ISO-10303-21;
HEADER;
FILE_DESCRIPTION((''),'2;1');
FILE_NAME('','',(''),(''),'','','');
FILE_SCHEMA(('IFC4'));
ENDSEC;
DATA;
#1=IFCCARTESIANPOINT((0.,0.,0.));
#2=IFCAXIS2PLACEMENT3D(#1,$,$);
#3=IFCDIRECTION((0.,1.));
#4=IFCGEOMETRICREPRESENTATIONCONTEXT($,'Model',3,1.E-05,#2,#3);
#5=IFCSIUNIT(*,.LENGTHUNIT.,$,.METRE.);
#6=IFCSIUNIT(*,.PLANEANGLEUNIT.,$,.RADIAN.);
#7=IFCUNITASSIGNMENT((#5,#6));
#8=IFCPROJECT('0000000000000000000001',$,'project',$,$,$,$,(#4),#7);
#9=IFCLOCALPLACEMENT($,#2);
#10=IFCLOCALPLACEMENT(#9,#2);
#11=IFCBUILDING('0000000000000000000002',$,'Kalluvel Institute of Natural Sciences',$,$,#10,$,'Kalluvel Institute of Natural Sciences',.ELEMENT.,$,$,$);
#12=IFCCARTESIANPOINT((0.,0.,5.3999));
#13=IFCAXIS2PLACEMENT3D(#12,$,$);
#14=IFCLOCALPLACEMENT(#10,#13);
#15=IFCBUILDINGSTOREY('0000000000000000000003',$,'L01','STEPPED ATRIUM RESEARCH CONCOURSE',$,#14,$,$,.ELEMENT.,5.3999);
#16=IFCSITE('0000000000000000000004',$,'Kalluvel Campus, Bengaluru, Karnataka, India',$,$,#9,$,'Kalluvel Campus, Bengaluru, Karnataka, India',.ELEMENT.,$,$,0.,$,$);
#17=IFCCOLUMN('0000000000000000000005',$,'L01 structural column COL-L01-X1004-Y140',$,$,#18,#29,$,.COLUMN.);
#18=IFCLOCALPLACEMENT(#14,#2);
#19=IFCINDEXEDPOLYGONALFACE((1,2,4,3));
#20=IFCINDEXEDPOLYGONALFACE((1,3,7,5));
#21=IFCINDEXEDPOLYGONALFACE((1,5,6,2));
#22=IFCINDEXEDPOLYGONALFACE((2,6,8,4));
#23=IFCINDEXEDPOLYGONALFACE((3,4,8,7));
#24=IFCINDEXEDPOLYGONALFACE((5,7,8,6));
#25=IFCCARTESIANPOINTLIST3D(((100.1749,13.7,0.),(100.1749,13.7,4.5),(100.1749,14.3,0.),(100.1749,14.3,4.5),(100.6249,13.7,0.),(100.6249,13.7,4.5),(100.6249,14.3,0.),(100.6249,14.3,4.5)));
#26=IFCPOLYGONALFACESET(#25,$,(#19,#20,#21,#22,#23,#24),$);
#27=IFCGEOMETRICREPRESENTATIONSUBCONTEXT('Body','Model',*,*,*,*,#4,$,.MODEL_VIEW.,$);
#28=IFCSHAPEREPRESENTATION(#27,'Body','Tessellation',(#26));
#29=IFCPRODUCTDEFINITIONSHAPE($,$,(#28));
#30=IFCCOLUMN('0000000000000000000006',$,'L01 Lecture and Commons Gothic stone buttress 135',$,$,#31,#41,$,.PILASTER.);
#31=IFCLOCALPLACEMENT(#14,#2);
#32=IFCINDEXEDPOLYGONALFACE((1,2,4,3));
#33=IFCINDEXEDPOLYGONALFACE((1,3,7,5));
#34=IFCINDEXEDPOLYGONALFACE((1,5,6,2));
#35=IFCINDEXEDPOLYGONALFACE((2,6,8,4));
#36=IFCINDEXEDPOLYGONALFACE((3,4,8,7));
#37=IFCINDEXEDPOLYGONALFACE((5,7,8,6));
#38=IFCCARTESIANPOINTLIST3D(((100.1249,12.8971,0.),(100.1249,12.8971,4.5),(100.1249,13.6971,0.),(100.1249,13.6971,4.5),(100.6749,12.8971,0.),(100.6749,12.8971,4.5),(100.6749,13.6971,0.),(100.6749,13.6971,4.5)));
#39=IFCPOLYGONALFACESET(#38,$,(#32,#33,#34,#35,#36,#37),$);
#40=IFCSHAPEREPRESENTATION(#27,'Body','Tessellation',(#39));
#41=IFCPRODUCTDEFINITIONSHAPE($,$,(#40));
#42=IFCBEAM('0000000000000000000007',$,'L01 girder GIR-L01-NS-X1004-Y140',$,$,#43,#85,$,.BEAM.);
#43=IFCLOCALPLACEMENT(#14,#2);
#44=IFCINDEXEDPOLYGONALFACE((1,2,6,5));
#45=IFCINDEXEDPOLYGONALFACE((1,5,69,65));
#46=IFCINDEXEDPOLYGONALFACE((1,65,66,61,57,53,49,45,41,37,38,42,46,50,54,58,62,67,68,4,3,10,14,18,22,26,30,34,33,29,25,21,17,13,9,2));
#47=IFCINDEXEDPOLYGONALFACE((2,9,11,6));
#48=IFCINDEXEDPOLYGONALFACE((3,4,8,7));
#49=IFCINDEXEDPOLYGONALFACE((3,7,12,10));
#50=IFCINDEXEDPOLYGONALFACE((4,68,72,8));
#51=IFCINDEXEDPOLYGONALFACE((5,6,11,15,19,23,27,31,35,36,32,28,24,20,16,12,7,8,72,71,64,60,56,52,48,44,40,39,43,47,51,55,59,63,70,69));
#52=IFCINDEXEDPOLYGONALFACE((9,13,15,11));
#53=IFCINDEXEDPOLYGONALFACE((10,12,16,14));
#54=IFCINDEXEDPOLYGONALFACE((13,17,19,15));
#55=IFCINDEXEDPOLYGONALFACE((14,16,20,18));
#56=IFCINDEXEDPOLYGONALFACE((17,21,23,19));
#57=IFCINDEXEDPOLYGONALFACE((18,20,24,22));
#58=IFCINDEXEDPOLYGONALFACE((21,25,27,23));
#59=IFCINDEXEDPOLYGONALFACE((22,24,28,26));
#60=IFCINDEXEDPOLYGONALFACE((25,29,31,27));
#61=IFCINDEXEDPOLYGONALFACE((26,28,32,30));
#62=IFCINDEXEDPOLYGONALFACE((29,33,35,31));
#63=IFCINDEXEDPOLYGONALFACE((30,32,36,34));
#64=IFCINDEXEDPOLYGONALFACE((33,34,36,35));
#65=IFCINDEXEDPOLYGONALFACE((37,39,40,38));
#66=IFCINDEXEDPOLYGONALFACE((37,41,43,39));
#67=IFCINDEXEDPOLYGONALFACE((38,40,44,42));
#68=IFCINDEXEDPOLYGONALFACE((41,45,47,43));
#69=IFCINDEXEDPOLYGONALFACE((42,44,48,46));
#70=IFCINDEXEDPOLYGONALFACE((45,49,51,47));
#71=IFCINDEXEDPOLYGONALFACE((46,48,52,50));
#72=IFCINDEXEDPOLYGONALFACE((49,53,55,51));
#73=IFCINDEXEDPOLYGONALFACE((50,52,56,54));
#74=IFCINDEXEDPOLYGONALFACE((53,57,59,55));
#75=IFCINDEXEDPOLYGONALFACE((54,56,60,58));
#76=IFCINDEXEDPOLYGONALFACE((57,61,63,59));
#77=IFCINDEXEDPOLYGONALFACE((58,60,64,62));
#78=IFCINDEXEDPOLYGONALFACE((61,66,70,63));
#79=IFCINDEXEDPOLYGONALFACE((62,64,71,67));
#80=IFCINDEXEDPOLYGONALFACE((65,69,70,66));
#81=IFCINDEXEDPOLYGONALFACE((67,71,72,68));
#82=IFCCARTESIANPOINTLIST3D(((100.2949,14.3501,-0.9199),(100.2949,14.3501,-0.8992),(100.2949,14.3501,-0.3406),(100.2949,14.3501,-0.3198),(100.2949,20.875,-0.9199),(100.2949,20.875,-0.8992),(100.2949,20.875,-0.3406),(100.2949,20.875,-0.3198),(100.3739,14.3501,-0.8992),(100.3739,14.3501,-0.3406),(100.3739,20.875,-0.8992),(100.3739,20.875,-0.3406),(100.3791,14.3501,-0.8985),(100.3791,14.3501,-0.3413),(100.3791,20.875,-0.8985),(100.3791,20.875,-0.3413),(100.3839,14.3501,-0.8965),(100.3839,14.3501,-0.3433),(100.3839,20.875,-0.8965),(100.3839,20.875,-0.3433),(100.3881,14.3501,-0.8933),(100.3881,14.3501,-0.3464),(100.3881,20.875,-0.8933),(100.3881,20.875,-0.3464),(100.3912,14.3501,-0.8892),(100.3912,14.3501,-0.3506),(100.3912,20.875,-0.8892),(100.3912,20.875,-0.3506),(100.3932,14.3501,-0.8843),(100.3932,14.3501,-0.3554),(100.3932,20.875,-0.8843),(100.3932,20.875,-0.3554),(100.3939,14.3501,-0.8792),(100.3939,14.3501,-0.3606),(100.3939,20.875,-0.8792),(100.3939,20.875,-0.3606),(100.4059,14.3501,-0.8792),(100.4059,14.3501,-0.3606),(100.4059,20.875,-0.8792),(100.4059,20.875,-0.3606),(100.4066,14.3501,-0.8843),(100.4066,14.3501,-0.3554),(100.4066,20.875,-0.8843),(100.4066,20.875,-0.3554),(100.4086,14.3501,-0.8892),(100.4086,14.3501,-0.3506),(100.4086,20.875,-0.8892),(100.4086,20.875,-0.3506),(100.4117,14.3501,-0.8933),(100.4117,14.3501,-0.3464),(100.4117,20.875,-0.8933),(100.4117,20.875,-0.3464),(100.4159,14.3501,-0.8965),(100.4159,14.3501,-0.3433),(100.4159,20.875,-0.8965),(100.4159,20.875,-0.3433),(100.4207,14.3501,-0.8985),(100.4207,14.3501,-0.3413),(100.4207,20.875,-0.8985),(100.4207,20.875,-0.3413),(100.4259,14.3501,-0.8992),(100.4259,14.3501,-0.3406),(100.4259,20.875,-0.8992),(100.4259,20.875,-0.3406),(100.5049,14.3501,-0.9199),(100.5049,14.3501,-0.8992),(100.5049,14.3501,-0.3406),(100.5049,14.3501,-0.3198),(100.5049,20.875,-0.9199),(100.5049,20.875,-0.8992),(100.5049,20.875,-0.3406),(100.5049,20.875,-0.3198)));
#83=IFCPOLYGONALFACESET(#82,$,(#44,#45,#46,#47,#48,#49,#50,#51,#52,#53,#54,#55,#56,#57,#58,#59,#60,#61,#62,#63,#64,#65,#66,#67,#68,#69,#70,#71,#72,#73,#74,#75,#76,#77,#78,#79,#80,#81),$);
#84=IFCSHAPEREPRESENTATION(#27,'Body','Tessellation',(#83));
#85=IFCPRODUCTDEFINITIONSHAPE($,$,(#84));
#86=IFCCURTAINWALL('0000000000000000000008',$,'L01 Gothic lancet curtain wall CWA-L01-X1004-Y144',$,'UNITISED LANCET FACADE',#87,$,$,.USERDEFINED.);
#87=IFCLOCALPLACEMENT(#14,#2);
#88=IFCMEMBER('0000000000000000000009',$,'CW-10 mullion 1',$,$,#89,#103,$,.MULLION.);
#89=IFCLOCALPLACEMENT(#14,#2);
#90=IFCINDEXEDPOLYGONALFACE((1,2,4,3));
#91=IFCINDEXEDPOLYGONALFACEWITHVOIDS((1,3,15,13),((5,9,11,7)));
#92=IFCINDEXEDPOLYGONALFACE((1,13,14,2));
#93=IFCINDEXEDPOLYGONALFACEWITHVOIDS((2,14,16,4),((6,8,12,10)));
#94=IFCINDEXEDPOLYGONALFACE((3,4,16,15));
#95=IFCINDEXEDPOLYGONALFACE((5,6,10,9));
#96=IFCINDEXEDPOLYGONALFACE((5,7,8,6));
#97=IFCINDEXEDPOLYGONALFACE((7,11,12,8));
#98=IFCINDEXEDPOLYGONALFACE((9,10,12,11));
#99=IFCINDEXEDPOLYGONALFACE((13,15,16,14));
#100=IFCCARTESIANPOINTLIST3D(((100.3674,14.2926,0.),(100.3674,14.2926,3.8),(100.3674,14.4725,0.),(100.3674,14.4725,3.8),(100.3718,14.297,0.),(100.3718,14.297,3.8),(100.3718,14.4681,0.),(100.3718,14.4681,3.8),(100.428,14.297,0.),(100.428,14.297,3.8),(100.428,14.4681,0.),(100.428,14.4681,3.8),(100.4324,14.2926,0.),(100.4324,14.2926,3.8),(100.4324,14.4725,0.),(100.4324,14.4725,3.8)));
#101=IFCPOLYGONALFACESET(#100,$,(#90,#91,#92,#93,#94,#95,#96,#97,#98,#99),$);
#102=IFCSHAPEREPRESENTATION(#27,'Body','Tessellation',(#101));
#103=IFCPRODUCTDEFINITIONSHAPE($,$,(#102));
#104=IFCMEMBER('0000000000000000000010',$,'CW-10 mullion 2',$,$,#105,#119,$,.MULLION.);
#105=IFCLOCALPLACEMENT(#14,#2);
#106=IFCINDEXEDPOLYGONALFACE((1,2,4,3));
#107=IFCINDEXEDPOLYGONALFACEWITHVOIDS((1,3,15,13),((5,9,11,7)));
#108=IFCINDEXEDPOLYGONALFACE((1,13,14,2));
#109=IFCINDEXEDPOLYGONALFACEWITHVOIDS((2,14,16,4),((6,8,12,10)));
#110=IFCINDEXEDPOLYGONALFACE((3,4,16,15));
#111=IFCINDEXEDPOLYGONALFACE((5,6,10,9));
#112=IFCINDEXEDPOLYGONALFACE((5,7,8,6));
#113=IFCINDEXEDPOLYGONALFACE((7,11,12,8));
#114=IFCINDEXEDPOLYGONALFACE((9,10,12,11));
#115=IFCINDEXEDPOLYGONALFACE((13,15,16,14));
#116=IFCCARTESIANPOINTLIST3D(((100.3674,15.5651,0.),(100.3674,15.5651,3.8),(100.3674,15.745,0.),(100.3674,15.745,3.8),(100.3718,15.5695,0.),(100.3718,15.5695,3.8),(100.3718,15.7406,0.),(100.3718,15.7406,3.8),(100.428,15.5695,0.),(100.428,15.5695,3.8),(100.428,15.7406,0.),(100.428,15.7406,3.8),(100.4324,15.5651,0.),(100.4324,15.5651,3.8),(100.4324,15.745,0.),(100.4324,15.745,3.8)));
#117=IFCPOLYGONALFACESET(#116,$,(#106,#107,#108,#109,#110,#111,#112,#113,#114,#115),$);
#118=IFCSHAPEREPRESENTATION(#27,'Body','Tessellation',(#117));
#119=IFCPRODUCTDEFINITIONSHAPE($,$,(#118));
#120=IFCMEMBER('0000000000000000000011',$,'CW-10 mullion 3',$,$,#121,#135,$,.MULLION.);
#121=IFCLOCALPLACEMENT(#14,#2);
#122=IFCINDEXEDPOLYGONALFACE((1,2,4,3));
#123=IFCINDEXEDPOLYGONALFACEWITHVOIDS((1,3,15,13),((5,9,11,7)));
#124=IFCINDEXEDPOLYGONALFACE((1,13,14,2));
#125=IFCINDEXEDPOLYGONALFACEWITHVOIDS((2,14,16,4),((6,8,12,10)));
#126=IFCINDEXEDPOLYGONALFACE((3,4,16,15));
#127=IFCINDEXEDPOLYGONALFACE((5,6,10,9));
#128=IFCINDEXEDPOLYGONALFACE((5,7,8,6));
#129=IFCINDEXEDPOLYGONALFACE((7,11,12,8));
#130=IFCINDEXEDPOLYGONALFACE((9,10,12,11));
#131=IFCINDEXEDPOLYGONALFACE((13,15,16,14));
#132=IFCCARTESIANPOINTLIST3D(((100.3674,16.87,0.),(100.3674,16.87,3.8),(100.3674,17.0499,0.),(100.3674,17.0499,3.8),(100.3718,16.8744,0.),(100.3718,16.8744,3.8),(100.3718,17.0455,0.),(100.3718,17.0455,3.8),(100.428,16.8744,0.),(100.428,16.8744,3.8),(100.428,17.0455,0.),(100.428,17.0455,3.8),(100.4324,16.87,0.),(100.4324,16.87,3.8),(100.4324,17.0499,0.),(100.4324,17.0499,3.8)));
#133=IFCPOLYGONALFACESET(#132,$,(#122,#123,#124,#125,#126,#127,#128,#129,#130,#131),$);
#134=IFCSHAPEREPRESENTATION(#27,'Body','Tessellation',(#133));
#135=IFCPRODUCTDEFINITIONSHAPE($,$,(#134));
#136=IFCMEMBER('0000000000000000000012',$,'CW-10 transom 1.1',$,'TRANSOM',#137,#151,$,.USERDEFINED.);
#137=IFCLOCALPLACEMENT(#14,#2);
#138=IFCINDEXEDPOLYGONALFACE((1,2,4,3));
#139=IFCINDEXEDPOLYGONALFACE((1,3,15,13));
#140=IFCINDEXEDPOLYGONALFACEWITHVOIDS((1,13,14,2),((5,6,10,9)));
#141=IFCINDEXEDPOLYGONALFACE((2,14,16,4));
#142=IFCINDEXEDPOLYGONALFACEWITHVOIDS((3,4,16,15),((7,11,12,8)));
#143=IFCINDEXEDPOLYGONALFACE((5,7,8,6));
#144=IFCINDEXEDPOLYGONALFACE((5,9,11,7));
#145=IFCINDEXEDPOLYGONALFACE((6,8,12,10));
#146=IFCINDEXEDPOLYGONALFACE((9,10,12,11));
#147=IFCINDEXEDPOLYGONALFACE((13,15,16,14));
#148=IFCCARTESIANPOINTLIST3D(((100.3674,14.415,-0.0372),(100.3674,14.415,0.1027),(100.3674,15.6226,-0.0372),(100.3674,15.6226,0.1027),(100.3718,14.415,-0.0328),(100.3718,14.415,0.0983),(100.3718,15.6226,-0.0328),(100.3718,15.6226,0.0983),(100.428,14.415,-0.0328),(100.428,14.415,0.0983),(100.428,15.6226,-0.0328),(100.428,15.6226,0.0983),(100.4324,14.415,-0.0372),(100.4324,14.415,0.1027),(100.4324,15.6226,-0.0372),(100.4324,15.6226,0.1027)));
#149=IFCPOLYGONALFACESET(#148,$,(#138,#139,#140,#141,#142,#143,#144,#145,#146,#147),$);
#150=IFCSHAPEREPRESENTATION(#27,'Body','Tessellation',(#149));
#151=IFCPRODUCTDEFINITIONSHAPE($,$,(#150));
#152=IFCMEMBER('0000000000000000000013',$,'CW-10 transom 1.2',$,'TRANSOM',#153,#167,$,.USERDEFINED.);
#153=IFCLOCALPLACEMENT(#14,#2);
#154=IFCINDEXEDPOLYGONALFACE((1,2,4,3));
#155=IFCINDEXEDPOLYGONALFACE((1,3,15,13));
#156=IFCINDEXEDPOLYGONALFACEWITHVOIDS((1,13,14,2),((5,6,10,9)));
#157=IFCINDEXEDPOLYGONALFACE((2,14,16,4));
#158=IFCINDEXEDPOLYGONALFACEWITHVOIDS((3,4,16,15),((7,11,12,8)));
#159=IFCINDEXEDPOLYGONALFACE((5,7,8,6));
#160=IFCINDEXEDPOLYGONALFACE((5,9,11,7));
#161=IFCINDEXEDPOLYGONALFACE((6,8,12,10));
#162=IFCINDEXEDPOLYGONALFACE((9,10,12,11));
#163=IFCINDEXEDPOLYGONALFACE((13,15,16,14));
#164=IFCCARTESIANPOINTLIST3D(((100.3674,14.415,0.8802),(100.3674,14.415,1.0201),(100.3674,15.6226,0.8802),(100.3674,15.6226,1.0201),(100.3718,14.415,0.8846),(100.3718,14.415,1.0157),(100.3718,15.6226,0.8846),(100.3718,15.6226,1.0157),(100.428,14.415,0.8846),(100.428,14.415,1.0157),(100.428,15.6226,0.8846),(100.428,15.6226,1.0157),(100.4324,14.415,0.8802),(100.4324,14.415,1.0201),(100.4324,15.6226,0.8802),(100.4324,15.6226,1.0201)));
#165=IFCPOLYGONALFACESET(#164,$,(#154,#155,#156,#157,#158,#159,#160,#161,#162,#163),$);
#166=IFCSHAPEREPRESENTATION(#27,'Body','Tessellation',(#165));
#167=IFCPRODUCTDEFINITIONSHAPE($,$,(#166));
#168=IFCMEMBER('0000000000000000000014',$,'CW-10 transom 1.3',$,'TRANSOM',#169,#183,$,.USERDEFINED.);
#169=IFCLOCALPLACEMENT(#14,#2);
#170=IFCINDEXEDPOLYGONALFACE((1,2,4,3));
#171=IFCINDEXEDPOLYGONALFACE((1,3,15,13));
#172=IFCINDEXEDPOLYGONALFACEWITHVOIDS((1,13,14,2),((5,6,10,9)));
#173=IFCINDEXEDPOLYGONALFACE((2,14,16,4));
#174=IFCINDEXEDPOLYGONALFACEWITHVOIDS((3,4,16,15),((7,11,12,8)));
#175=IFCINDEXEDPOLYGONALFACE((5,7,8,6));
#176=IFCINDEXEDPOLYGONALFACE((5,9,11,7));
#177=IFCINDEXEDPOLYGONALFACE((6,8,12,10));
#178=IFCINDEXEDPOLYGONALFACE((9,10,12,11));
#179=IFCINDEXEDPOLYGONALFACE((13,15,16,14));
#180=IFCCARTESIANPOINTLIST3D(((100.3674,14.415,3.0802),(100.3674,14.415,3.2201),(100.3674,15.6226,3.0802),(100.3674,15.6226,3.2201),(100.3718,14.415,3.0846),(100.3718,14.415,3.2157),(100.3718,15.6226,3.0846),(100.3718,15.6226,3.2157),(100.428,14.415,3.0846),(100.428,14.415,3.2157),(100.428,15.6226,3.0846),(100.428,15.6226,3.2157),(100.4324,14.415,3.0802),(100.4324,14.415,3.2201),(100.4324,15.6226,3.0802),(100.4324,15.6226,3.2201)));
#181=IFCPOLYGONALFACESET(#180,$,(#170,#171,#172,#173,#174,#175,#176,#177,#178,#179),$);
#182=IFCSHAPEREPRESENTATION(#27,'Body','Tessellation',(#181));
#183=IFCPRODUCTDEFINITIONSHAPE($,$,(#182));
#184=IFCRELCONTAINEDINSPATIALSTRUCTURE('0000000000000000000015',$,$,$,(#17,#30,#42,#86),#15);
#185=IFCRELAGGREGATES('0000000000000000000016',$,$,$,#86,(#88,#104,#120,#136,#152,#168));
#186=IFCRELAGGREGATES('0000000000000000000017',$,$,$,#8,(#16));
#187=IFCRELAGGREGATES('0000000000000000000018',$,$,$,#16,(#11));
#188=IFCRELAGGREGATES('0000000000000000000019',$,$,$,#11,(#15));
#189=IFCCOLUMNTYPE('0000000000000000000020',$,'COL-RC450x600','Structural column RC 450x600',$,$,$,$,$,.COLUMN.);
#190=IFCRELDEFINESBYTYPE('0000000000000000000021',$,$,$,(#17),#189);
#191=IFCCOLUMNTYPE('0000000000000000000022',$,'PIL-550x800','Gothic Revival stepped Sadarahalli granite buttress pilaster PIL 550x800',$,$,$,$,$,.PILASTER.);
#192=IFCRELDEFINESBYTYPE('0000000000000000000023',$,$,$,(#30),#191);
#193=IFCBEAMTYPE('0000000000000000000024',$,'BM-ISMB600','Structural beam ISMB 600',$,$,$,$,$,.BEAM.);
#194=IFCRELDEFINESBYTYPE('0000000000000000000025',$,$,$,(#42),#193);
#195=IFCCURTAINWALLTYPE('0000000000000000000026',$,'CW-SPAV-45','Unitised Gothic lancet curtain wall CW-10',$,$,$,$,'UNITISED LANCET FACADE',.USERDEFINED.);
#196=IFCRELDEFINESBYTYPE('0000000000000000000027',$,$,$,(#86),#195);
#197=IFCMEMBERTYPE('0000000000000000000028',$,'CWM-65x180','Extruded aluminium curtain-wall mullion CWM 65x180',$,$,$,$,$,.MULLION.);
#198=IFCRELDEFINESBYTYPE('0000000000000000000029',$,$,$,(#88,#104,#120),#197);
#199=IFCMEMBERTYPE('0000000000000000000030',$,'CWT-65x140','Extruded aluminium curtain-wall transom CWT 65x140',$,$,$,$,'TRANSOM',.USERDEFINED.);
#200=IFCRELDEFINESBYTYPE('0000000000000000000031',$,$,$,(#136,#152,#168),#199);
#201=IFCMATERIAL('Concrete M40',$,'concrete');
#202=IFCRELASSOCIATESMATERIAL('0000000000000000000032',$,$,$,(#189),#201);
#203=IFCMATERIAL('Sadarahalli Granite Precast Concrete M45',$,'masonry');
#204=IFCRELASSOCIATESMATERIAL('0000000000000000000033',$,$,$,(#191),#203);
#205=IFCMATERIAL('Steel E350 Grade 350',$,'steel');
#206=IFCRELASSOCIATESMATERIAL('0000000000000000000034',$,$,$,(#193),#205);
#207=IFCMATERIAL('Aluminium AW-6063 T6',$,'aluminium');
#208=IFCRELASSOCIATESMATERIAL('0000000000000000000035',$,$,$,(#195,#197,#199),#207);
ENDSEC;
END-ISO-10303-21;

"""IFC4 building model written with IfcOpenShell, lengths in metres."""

from ifc_helpers import new_model, si_unit, direction, frame, origin, origin_2d, place, context, subcontext, project, spatial, rectangle, hollow_rectangle, i_section, extrude, material, material_profile, profile_set, type_object, element, aggregate, save


model = new_model("IFC4")

# Units and contexts
model_context = context("Model", 3, precision=1e-05, world=origin(), true_north=direction((0.0, 1.0)))
body_context = subcontext(model_context, "Body", "Model", "MODEL_VIEW")
ifc_project = project(units=[si_unit("LENGTHUNIT", "METRE"), si_unit("PLANEANGLEUNIT", "RADIAN")], contexts=[model_context])

# Site, building, storey
site_placement = place(None, origin())
site = spatial("IfcSite", under=ifc_project, at=site_placement, Name="Kalluvel Campus, Bengaluru, Karnataka, India", LongName="Kalluvel Campus, Bengaluru, Karnataka, India", CompositionType="ELEMENT", RefElevation=0.0)
building_placement = place(site_placement, origin())
building = spatial("IfcBuilding", under=site, at=building_placement, Name="Kalluvel Institute of Natural Sciences", LongName="Kalluvel Institute of Natural Sciences", CompositionType="ELEMENT")
storey_placement = place(building_placement, frame((0.0, 0.0, 5.3999)))
storey = spatial("IfcBuildingStorey", under=building, at=storey_placement, Name="L01", Description="STEPPED ATRIUM RESEARCH CONCOURSE", CompositionType="ELEMENT", Elevation=5.3999)

# Columns
ifc_material_1 = material(Name="Concrete M40", Category="concrete")
ifc_material_profile_1 = material_profile(ifc_material_1, rectangle(XDim=0.45, YDim=0.6001, at=origin_2d()), Name="RC 450x600")
ifc_profile_set_1 = profile_set([ifc_material_profile_1], Name="Concrete M40")
column_type_1 = type_object("IfcColumnType", Name="COL-RC450x600", Description="Structural column RC 450x600", PredefinedType="COLUMN", material=ifc_profile_set_1)
column_1_placement = place(storey_placement, frame((100.3999, 14.0, 0.0), z_axis=(0.0, 0.0, 1.0), x_axis=(1.0, 0.0, 0.0)))
element("IfcColumn", 1, at=column_1_placement, inside=storey, type_object=column_type_1, Name="L01 structural column COL-L01-X1004-Y140", PredefinedType="COLUMN", context=body_context, shape_type="SweptSolid", body=[
    extrude(rectangle(XDim=0.45, YDim=0.6001, at=origin_2d()), origin(), (0.0, 0.0, 1.0), 4.5),
])
ifc_material_2 = material(Name="Sadarahalli Granite Precast Concrete M45", Category="masonry")
ifc_material_profile_2 = material_profile(ifc_material_2, rectangle(XDim=0.55, YDim=0.8, at=origin_2d()), Name="PIL 550x800")
ifc_profile_set_2 = profile_set([ifc_material_profile_2], Name="Sadarahalli Granite Precast Concrete M45")
column_type_2 = type_object("IfcColumnType", Name="PIL-550x800", Description="Gothic Revival stepped Sadarahalli granite buttress pilaster PIL 550x800", PredefinedType="PILASTER", material=ifc_profile_set_2)
column_2_placement = place(storey_placement, frame((100.3999, 13.2971, 0.0), z_axis=(0.0, 0.0, 1.0), x_axis=(1.0, 0.0, 0.0)))
element("IfcColumn", 2, at=column_2_placement, inside=storey, type_object=column_type_2, Name="L01 Lecture and Commons Gothic stone buttress 135", PredefinedType="PILASTER", context=body_context, shape_type="SweptSolid", body=[
    extrude(rectangle(XDim=0.55, YDim=0.8, at=origin_2d()), origin(), (0.0, 0.0, 1.0), 4.5),
])

# Beam
ifc_material_3 = material(Name="Steel E350 Grade 350", Category="steel")
ifc_material_profile_3 = material_profile(ifc_material_3, i_section(OverallWidth=0.21, OverallDepth=0.6001, WebThickness=0.012, FlangeThickness=0.0208, FilletRadius=0.02, at=origin_2d()), Name="ISMB 600")
ifc_profile_set_3 = profile_set([ifc_material_profile_3], Name="Steel E350 Grade 350")
beam_type = type_object("IfcBeamType", Name="BM-ISMB600", Description="Structural beam ISMB 600", PredefinedType="BEAM", material=ifc_profile_set_3)
beam_placement = place(storey_placement, frame((100.3999, 14.3501, -0.6199), z_axis=(0.0, 1.0, 0.0), x_axis=(-1.0, 0.0, 0.0)))
element("IfcBeam", 3, at=beam_placement, inside=storey, type_object=beam_type, Name="L01 girder GIR-L01-NS-X1004-Y140", PredefinedType="BEAM", context=body_context, shape_type="SweptSolid", body=[
    extrude(i_section(OverallWidth=0.21, OverallDepth=0.6001, WebThickness=0.012, FlangeThickness=0.0208, FilletRadius=0.02, at=origin_2d()), origin(), (0.0, 0.0, 1.0), 6.5249),
])

# Curtain wall, members
ifc_material_4 = material(Name="Aluminium AW-6063 T6", Category="aluminium")
curtain_wall_type = type_object("IfcCurtainWallType", Name="CW-SPAV-45", Description="Unitised Gothic lancet curtain wall CW-10", ElementType="UNITISED LANCET FACADE", PredefinedType="USERDEFINED", material=ifc_material_4)
curtain_wall_placement = place(storey_placement, origin())
curtain_wall = element("IfcCurtainWall", 4, at=curtain_wall_placement, inside=storey, type_object=curtain_wall_type, Name="L01 Gothic lancet curtain wall CWA-L01-X1004-Y144", ObjectType="UNITISED LANCET FACADE", PredefinedType="USERDEFINED")
ifc_material_profile_4 = material_profile(ifc_material_4, hollow_rectangle(XDim=0.0649, YDim=0.1799, WallThickness=0.0044, at=origin_2d()), Name="CWM 65x180")
ifc_profile_set_4 = profile_set([ifc_material_profile_4], Name="Aluminium AW-6063 T6")
member_type_1 = type_object("IfcMemberType", Name="CWM-65x180", Description="Extruded aluminium curtain-wall mullion CWM 65x180", PredefinedType="MULLION", material=ifc_profile_set_4)
member_1_placement = place(storey_placement, frame((100.3999, 14.3826, 0.0), z_axis=(0.0, 0.0, 1.0), x_axis=(-1.0, 0.0, 0.0)))
member_1 = element("IfcMember", 5, at=member_1_placement, type_object=member_type_1, Name="CW-10 mullion 1", PredefinedType="MULLION", context=body_context, shape_type="SweptSolid", body=[
    extrude(hollow_rectangle(XDim=0.0649, YDim=0.1799, WallThickness=0.0044, at=origin_2d()), origin(), (0.0, 0.0, 1.0), 3.8),
])
member_2_placement = place(storey_placement, frame((100.3999, 15.655, 0.0), z_axis=(0.0, 0.0, 1.0), x_axis=(-1.0, 0.0, 0.0)))
member_2 = element("IfcMember", 6, at=member_2_placement, type_object=member_type_1, Name="CW-10 mullion 2", PredefinedType="MULLION", context=body_context, shape_type="SweptSolid", body=[
    extrude(hollow_rectangle(XDim=0.0649, YDim=0.1799, WallThickness=0.0044, at=origin_2d()), origin(), (0.0, 0.0, 1.0), 3.8),
])
member_3_placement = place(storey_placement, frame((100.3999, 16.96, 0.0), z_axis=(0.0, 0.0, 1.0), x_axis=(-1.0, 0.0, 0.0)))
member_3 = element("IfcMember", 7, at=member_3_placement, type_object=member_type_1, Name="CW-10 mullion 3", PredefinedType="MULLION", context=body_context, shape_type="SweptSolid", body=[
    extrude(hollow_rectangle(XDim=0.0649, YDim=0.1799, WallThickness=0.0044, at=origin_2d()), origin(), (0.0, 0.0, 1.0), 3.8),
])
ifc_material_profile_5 = material_profile(ifc_material_4, hollow_rectangle(XDim=0.0649, YDim=0.1399, WallThickness=0.0044, at=origin_2d()), Name="CWT 65x140")
ifc_profile_set_5 = profile_set([ifc_material_profile_5], Name="Aluminium AW-6063 T6")
member_type_2 = type_object("IfcMemberType", Name="CWT-65x140", Description="Extruded aluminium curtain-wall transom CWT 65x140", ElementType="TRANSOM", PredefinedType="USERDEFINED", material=ifc_profile_set_5)
member_4_placement = place(storey_placement, frame((100.3999, 14.415, 0.0327), z_axis=(0.0, 1.0, 0.0), x_axis=(-1.0, 0.0, 0.0)))
member_4 = element("IfcMember", 8, at=member_4_placement, type_object=member_type_2, Name="CW-10 transom 1.1", ObjectType="TRANSOM", PredefinedType="USERDEFINED", context=body_context, shape_type="SweptSolid", body=[
    extrude(hollow_rectangle(XDim=0.0649, YDim=0.1399, WallThickness=0.0044, at=origin_2d()), origin(), (0.0, 0.0, 1.0), 1.2075),
])
member_5_placement = place(storey_placement, frame((100.3999, 14.415, 0.9502), z_axis=(0.0, 1.0, 0.0), x_axis=(-1.0, 0.0, 0.0)))
member_5 = element("IfcMember", 9, at=member_5_placement, type_object=member_type_2, Name="CW-10 transom 1.2", ObjectType="TRANSOM", PredefinedType="USERDEFINED", context=body_context, shape_type="SweptSolid", body=[
    extrude(hollow_rectangle(XDim=0.0649, YDim=0.1399, WallThickness=0.0044, at=origin_2d()), origin(), (0.0, 0.0, 1.0), 1.2075),
])
member_6_placement = place(storey_placement, frame((100.3999, 14.415, 3.1501), z_axis=(0.0, 1.0, 0.0), x_axis=(-1.0, 0.0, 0.0)))
member_6 = element("IfcMember", 10, at=member_6_placement, type_object=member_type_2, Name="CW-10 transom 1.3", ObjectType="TRANSOM", PredefinedType="USERDEFINED", context=body_context, shape_type="SweptSolid", body=[
    extrude(hollow_rectangle(XDim=0.0649, YDim=0.1399, WallThickness=0.0044, at=origin_2d()), origin(), (0.0, 0.0, 1.0), 1.2075),
])
aggregate(curtain_wall, [member_1, member_2, member_3, member_4, member_5, member_6])

save(model, "model.ifc")
